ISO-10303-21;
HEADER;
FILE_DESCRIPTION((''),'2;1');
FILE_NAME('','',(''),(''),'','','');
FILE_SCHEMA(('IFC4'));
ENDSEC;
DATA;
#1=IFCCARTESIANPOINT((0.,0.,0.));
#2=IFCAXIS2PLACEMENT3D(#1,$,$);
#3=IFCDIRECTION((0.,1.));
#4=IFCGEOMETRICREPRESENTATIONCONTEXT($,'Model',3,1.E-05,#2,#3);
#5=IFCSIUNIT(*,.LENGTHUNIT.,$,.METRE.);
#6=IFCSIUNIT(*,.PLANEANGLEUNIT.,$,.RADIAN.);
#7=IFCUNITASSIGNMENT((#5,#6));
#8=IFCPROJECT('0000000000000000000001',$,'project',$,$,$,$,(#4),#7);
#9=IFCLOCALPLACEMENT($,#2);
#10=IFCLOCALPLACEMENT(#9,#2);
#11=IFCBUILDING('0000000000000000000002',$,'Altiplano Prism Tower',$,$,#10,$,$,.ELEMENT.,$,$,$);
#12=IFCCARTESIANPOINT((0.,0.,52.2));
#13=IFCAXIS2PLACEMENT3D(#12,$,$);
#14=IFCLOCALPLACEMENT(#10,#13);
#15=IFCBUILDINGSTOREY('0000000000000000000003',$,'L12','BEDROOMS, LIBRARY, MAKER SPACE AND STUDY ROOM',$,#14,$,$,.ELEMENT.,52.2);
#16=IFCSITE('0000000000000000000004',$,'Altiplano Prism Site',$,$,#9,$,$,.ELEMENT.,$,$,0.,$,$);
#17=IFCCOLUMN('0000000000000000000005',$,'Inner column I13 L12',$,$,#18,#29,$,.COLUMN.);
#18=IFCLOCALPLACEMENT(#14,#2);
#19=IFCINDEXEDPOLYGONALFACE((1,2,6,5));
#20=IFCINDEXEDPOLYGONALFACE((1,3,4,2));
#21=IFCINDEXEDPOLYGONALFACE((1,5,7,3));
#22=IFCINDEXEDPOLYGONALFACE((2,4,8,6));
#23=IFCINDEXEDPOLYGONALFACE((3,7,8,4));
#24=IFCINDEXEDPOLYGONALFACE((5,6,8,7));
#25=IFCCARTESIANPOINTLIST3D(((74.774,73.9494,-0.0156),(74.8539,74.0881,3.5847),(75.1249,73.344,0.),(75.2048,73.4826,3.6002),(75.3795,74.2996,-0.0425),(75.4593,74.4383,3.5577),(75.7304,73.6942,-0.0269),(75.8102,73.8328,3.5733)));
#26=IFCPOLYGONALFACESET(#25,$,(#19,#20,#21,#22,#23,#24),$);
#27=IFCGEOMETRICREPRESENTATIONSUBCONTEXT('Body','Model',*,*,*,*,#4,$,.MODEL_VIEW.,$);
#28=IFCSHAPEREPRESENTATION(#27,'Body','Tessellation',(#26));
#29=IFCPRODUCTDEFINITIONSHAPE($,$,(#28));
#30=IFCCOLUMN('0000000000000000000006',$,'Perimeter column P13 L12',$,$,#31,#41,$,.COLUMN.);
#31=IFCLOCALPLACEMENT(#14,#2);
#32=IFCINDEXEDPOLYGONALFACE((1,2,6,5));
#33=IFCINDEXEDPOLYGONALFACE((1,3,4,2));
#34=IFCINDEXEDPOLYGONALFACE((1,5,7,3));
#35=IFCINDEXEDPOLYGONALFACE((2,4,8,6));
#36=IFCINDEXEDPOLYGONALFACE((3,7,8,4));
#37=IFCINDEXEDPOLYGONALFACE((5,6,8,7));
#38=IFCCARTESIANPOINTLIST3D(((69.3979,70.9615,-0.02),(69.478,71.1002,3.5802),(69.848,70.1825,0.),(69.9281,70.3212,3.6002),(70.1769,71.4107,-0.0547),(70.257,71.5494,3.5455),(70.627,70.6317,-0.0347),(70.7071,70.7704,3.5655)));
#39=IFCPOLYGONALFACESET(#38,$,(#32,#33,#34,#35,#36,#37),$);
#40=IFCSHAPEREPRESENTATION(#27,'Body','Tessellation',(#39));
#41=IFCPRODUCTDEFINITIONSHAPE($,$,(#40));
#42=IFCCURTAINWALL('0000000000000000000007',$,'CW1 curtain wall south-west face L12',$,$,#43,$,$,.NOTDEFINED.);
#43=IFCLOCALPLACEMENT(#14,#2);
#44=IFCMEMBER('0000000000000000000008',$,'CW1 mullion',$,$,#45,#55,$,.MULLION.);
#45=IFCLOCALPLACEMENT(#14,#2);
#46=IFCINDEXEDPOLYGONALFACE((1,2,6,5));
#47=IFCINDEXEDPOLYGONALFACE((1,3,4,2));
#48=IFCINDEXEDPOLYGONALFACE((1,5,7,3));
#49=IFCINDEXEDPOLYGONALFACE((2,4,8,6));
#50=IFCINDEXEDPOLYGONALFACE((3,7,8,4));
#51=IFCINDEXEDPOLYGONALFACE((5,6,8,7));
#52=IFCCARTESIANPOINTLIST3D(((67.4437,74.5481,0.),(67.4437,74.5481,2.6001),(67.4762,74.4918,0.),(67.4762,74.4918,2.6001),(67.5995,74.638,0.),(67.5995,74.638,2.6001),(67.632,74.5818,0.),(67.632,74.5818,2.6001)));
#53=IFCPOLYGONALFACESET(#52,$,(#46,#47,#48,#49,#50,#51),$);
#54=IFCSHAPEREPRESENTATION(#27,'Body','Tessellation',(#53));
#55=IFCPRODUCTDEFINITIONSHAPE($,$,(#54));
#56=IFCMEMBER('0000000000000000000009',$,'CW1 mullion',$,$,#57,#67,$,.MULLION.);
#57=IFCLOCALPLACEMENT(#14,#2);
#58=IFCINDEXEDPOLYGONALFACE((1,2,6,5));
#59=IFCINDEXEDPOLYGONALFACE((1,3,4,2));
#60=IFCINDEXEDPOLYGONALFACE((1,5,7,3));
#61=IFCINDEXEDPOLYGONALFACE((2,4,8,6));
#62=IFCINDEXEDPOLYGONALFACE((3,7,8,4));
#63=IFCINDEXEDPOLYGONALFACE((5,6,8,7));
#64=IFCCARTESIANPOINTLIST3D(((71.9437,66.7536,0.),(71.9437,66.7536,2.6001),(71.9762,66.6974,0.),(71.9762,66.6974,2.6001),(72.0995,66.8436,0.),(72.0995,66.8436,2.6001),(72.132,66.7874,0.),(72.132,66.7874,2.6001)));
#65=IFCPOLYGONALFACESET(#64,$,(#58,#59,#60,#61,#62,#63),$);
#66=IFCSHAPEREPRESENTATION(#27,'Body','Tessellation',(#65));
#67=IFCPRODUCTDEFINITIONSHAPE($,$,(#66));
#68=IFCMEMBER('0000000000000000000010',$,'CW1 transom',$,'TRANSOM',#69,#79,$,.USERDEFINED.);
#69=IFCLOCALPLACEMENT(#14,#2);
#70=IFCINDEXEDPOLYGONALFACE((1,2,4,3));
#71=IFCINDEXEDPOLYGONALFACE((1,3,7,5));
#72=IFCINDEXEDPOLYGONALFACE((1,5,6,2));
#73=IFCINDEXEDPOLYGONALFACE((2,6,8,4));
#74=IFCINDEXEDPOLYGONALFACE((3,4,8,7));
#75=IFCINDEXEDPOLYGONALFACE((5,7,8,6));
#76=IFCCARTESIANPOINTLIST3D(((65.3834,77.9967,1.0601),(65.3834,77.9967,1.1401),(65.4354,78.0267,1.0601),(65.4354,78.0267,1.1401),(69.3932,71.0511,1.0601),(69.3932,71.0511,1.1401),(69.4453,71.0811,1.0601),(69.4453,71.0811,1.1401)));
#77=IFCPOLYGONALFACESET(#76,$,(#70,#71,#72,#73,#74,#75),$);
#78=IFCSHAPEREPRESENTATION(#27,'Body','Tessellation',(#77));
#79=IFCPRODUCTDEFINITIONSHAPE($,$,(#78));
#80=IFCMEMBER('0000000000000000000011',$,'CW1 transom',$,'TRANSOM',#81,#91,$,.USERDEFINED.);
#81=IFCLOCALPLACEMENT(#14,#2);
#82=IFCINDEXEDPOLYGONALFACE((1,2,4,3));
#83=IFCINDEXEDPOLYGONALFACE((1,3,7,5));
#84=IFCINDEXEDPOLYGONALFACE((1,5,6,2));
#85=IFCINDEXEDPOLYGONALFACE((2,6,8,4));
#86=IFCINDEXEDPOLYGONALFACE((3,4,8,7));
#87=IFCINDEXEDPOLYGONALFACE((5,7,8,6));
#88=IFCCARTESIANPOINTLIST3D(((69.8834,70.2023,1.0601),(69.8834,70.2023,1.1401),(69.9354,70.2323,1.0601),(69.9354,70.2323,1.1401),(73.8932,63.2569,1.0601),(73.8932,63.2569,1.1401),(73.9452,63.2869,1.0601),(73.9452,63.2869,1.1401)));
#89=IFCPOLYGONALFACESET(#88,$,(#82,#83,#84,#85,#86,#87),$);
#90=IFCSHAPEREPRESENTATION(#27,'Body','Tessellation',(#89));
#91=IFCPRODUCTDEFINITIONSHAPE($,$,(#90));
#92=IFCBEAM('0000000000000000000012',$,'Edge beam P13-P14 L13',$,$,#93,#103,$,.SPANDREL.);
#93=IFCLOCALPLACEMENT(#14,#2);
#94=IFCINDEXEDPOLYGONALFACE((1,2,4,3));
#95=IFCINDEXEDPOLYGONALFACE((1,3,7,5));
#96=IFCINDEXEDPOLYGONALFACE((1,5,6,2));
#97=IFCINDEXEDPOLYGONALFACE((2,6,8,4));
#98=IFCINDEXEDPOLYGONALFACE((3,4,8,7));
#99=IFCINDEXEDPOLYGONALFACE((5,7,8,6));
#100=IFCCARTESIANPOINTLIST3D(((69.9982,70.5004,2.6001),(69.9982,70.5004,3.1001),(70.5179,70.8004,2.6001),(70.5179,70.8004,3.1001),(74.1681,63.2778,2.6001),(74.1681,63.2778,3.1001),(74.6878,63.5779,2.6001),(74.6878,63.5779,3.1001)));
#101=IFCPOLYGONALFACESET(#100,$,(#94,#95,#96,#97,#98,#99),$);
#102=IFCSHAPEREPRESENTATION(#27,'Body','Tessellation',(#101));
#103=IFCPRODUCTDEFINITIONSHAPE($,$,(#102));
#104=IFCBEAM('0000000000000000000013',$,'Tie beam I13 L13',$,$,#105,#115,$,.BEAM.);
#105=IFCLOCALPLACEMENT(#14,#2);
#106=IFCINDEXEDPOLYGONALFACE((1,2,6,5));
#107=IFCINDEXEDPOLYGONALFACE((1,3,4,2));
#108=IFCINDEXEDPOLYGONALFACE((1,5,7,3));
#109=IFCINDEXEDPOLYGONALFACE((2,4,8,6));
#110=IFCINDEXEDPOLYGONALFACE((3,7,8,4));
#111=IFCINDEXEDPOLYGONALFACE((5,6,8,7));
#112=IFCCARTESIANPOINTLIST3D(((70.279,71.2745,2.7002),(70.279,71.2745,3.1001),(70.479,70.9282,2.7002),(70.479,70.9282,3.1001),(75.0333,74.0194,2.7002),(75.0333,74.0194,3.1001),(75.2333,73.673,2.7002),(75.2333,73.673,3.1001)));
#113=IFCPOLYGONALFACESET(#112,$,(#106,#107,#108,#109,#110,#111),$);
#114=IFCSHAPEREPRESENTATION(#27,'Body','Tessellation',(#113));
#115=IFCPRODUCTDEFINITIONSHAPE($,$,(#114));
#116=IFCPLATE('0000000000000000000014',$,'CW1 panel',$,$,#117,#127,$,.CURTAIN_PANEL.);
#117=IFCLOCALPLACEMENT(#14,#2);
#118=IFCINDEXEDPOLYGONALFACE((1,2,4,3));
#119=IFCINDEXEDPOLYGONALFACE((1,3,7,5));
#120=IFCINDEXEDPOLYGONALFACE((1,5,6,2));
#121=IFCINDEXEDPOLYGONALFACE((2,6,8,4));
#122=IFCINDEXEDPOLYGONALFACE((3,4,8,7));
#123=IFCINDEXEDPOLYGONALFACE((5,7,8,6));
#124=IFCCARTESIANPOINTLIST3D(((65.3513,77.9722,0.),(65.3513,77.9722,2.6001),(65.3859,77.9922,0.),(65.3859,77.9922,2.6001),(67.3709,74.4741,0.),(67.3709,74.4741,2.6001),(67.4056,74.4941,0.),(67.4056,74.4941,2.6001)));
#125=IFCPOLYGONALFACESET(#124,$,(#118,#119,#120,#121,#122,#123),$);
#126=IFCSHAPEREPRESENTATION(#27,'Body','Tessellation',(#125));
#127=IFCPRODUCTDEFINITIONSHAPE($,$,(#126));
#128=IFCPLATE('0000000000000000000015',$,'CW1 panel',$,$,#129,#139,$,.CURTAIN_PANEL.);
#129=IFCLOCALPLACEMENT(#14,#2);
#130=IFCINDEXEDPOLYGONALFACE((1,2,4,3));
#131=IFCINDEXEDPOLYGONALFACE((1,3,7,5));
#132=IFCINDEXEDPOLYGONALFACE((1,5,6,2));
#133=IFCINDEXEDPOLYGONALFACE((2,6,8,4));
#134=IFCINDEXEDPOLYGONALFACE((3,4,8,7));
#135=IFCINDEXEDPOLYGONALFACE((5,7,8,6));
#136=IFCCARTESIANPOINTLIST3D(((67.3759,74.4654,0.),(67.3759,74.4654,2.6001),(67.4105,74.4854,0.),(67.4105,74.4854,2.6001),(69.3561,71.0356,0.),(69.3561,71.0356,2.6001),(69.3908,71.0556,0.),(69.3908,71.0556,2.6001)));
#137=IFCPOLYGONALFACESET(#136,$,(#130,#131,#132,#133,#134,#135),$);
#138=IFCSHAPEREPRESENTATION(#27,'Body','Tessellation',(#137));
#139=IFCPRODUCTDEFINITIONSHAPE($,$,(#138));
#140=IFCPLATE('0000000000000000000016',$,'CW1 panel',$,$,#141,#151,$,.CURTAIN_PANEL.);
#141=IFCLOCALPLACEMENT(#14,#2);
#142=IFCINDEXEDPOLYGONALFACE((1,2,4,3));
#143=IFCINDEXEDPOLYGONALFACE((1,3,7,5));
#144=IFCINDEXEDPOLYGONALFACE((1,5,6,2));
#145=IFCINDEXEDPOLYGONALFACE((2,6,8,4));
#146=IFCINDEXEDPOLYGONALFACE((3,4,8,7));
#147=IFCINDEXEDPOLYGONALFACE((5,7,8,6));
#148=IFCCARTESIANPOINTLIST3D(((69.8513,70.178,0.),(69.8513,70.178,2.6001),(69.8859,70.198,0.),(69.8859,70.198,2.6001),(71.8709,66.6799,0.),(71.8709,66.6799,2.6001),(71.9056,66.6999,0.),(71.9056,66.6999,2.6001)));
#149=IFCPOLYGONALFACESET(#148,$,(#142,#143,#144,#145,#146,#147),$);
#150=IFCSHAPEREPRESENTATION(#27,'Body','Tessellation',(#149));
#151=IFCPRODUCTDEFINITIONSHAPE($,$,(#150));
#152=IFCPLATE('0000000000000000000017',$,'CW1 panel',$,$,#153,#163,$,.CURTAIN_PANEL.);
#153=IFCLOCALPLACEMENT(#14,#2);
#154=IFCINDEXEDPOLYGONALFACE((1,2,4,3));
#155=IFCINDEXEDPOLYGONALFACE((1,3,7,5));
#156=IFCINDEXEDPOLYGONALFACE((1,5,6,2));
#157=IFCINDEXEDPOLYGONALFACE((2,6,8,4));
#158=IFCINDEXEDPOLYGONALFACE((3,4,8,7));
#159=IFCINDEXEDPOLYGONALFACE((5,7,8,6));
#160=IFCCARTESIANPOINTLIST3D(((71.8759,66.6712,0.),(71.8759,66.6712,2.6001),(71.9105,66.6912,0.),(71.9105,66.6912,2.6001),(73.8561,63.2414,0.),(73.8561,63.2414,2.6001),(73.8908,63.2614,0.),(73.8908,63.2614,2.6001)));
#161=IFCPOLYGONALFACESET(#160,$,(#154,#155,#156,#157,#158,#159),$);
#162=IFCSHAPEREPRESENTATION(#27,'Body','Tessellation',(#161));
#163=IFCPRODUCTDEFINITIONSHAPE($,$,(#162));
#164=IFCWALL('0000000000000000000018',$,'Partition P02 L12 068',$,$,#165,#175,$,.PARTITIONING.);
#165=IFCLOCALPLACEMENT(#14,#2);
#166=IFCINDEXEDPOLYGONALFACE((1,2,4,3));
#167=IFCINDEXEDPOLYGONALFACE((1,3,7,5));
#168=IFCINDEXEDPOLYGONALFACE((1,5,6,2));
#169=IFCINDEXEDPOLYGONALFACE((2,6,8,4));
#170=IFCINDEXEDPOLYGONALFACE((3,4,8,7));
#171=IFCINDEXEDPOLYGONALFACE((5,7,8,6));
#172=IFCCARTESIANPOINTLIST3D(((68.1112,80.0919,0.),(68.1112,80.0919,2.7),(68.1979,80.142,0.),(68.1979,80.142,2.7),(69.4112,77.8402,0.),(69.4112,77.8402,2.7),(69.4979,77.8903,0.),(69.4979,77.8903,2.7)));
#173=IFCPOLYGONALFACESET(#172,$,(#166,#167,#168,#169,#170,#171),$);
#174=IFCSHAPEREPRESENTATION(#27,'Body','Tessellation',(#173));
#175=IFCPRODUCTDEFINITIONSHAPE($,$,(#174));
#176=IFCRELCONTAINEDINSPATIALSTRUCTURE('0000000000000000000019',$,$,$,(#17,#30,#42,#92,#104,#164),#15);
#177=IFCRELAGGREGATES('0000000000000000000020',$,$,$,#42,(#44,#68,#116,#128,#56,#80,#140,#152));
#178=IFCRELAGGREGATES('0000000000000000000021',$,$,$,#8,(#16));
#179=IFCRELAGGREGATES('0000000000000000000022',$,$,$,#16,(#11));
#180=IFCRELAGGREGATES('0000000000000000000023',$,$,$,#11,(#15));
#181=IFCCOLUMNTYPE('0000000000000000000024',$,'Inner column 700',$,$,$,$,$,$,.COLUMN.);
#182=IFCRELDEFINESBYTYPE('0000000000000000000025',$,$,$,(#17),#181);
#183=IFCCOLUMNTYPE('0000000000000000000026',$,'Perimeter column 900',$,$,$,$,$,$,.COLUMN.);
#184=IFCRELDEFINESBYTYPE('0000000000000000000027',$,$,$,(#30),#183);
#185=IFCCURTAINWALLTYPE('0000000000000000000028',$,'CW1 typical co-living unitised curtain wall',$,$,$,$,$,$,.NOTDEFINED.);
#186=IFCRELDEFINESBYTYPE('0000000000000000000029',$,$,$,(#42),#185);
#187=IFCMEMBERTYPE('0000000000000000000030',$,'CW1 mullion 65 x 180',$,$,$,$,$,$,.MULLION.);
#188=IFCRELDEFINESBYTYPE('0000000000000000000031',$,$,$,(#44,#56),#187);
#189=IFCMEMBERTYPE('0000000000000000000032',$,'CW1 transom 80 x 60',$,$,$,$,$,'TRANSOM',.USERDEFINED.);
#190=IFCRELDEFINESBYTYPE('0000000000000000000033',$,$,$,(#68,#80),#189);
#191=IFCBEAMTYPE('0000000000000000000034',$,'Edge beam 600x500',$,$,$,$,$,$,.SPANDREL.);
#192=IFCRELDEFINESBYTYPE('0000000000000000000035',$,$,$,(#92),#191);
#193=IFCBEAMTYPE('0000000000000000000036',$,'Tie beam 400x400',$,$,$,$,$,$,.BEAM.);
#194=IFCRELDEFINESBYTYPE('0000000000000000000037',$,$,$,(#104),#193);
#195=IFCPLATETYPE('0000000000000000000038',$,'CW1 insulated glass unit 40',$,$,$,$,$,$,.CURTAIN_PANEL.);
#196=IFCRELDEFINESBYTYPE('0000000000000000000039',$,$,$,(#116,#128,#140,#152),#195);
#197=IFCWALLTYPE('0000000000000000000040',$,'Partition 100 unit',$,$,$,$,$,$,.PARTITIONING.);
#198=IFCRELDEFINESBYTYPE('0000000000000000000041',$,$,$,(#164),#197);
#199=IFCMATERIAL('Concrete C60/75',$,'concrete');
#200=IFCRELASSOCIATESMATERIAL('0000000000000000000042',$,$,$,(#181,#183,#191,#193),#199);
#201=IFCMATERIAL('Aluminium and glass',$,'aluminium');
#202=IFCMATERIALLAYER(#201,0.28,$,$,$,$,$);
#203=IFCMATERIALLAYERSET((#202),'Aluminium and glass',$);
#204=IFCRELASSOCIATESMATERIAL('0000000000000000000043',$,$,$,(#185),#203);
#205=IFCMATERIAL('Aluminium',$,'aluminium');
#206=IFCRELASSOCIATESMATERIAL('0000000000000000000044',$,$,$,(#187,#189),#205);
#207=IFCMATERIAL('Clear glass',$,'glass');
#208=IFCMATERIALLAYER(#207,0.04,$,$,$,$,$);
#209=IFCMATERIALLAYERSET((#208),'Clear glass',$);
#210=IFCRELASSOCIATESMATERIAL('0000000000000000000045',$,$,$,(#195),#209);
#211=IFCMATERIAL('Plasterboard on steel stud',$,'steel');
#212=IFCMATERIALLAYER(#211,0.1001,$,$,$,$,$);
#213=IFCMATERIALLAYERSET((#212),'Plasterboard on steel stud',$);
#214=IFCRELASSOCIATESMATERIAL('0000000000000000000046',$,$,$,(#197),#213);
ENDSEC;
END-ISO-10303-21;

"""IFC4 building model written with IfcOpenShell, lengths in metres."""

from ifc_helpers import new_model, si_unit, direction, frame, frame_2d, origin, origin_2d, place, context, subcontext, project, spatial, rectangle, extrude, material, layer, layer_set, material_profile, profile_set, type_object, element, aggregate, save


model = new_model("IFC4")

# Units and contexts
model_context = context("Model", 3, precision=1e-05, world=origin(), true_north=direction((0.0, 1.0)))
body_context = subcontext(model_context, "Body", "Model", "MODEL_VIEW")
ifc_project = project(units=[si_unit("LENGTHUNIT", "METRE"), si_unit("PLANEANGLEUNIT", "RADIAN")], contexts=[model_context])

# Site, building, storey
site_placement = place(None, origin())
site = spatial("IfcSite", under=ifc_project, at=site_placement, Name="Altiplano Prism Site", CompositionType="ELEMENT", RefElevation=0.0)
building_placement = place(site_placement, origin())
building = spatial("IfcBuilding", under=site, at=building_placement, Name="Altiplano Prism Tower", CompositionType="ELEMENT")
storey_placement = place(building_placement, frame((0.0, 0.0, 52.2)))
storey = spatial("IfcBuildingStorey", under=building, at=storey_placement, Name="L12", Description="BEDROOMS, LIBRARY, MAKER SPACE AND STUDY ROOM", CompositionType="ELEMENT", Elevation=52.2)

# Columns
ifc_material_1 = material(Name="Concrete C60/75", Category="concrete")
ifc_material_profile_1 = material_profile(ifc_material_1, rectangle(XDim=0.7, YDim=0.7, at=origin_2d()), Name="Inner column 700")
ifc_profile_set_1 = profile_set([ifc_material_profile_1], Name="Concrete C60/75")
column_type_1 = type_object("IfcColumnType", Name="Inner column 700", PredefinedType="COLUMN", material=ifc_profile_set_1)
column_1_placement = place(storey_placement, frame((75.2522, 73.8218, -0.0212), z_axis=(0.022154, 0.038481, 0.999014), x_axis=(-0.864982, -0.500327, 0.038453)))
element("IfcColumn", 1, at=column_1_placement, inside=storey, type_object=column_type_1, Name="Inner column I13 L12", PredefinedType="COLUMN", context=body_context, shape_type="SweptSolid", body=[
    extrude(rectangle(XDim=0.7, YDim=0.7, at=origin_2d()), origin(), (0.0, 0.0, 1.0), 3.6038),
])
ifc_material_profile_2 = material_profile(ifc_material_1, rectangle(XDim=0.8999, YDim=0.8999, at=origin_2d()), Name="Perimeter column 900")
ifc_profile_set_2 = profile_set([ifc_material_profile_2], Name="Concrete C60/75")
column_type_2 = type_object("IfcColumnType", Name="Perimeter column 900", PredefinedType="COLUMN", material=ifc_profile_set_2)
column_2_placement = place(storey_placement, frame((70.0125, 70.7966, -0.0273), z_axis=(0.022221, 0.038481, 0.999012), x_axis=(-0.865642, -0.499182, 0.038483)))
element("IfcColumn", 2, at=column_2_placement, inside=storey, type_object=column_type_2, Name="Perimeter column P13 L12", PredefinedType="COLUMN", context=body_context, shape_type="SweptSolid", body=[
    extrude(rectangle(XDim=0.8999, YDim=0.8999, at=origin_2d()), origin(), (0.0, 0.0, 1.0), 3.6038),
])

# Curtain wall, members
ifc_material_2 = material(Name="Aluminium and glass", Category="aluminium")
ifc_layer_1 = layer(ifc_material_2, 0.28)
ifc_layer_set_1 = layer_set([ifc_layer_1], Name="Aluminium and glass")
curtain_wall_type = type_object("IfcCurtainWallType", Name="CW1 typical co-living unitised curtain wall", PredefinedType="NOTDEFINED", material=ifc_layer_set_1)
curtain_wall_placement = place(storey_placement, origin())
curtain_wall = element("IfcCurtainWall", 3, at=curtain_wall_placement, inside=storey, type_object=curtain_wall_type, Name="CW1 curtain wall south-west face L12", PredefinedType="NOTDEFINED")
ifc_material_3 = material(Name="Aluminium", Category="aluminium")
ifc_material_profile_3 = material_profile(ifc_material_3, rectangle(XDim=0.1799, YDim=0.0649, at=origin_2d()), Name="CW1 mullion 65 x 180")
ifc_profile_set_3 = profile_set([ifc_material_profile_3], Name="Aluminium")
member_type_1 = type_object("IfcMemberType", Name="CW1 mullion 65 x 180", PredefinedType="MULLION", material=ifc_profile_set_3)
member_1_placement = place(storey_placement, frame((67.5378, 74.5649, 0.0), z_axis=(0.0, 0.0, 1.0), x_axis=(0.866025, 0.5, 0.0)))
member_1 = element("IfcMember", 4, at=member_1_placement, type_object=member_type_1, Name="CW1 mullion", PredefinedType="MULLION", context=body_context, shape_type="SweptSolid", body=[
    extrude(rectangle(XDim=0.1799, YDim=0.0649, at=origin_2d()), origin(), (0.0, 0.0, 1.0), 2.6001),
])
member_2_placement = place(storey_placement, frame((72.0378, 66.7705, 0.0), z_axis=(0.0, 0.0, 1.0), x_axis=(0.866025, 0.5, 0.0)))
member_2 = element("IfcMember", 5, at=member_2_placement, type_object=member_type_1, Name="CW1 mullion", PredefinedType="MULLION", context=body_context, shape_type="SweptSolid", body=[
    extrude(rectangle(XDim=0.1799, YDim=0.0649, at=origin_2d()), origin(), (0.0, 0.0, 1.0), 2.6001),
])
ifc_material_profile_4 = material_profile(ifc_material_3, rectangle(XDim=0.0601, YDim=0.0801, at=origin_2d()), Name="CW1 transom 80 x 60")
ifc_profile_set_4 = profile_set([ifc_material_profile_4], Name="Aluminium")
member_type_2 = type_object("IfcMemberType", Name="CW1 transom 80 x 60", ElementType="TRANSOM", PredefinedType="USERDEFINED", material=ifc_profile_set_4)
member_3_placement = place(storey_placement, frame((65.4094, 78.0117, 1.1001), z_axis=(0.499976, -0.866039, 0.0), x_axis=(0.866039, 0.499976, 0.0)))
member_3 = element("IfcMember", 6, at=member_3_placement, type_object=member_type_2, Name="CW1 transom", ObjectType="TRANSOM", PredefinedType="USERDEFINED", context=body_context, shape_type="SweptSolid", body=[
    extrude(rectangle(XDim=0.0601, YDim=0.0801, at=origin_2d()), origin(), (0.0, 0.0, 1.0), 8.02),
])
member_4_placement = place(storey_placement, frame((69.9094, 70.2173, 1.1001), z_axis=(0.499989, -0.866031, 0.0), x_axis=(0.866031, 0.499989, 0.0)))
member_4 = element("IfcMember", 7, at=member_4_placement, type_object=member_type_2, Name="CW1 transom", ObjectType="TRANSOM", PredefinedType="USERDEFINED", context=body_context, shape_type="SweptSolid", body=[
    extrude(rectangle(XDim=0.0601, YDim=0.0801, at=origin_2d()), origin(), (0.0, 0.0, 1.0), 8.0198),
])

# Beams
ifc_material_profile_5 = material_profile(ifc_material_1, rectangle(XDim=0.6001, YDim=0.5, at=origin_2d()), Name="Edge beam 600x500")
ifc_profile_set_5 = profile_set([ifc_material_profile_5], Name="Concrete C60/75")
beam_type_1 = type_object("IfcBeamType", Name="Edge beam 600x500", PredefinedType="SPANDREL", material=ifc_profile_set_5)
beam_1_placement = place(storey_placement, frame((70.2581, 70.6504, 2.8501), z_axis=(0.499993, -0.86603, 0.0), x_axis=(0.86603, 0.499993, 0.0)))
element("IfcBeam", 8, at=beam_1_placement, inside=storey, type_object=beam_type_1, Name="Edge beam P13-P14 L13", PredefinedType="SPANDREL", context=body_context, shape_type="SweptSolid", body=[
    extrude(rectangle(XDim=0.6001, YDim=0.5, at=origin_2d()), origin(), (0.0, 0.0, 1.0), 8.3398),
])
ifc_material_profile_6 = material_profile(ifc_material_1, rectangle(XDim=0.3999, YDim=0.3999, at=origin_2d()), Name="Tie beam 400x400")
ifc_profile_set_6 = profile_set([ifc_material_profile_6], Name="Concrete C60/75")
beam_type_2 = type_object("IfcBeamType", Name="Tie beam 400x400", PredefinedType="BEAM", material=ifc_profile_set_6)
beam_2_placement = place(storey_placement, frame((75.1333, 73.8462, 2.9001), z_axis=(-0.866032, -0.499989, 0.0), x_axis=(0.499989, -0.866032, 0.0)))
element("IfcBeam", 9, at=beam_2_placement, inside=storey, type_object=beam_type_2, Name="Tie beam I13 L13", PredefinedType="BEAM", context=body_context, shape_type="SweptSolid", body=[
    extrude(rectangle(XDim=0.3999, YDim=0.3999, at=origin_2d()), origin(), (0.0, 0.0, 1.0), 5.4897),
])

# Plates
ifc_material_4 = material(Name="Clear glass", Category="glass")
ifc_layer_2 = layer(ifc_material_4, 0.04)
ifc_layer_set_2 = layer_set([ifc_layer_2], Name="Clear glass")
plate_type = type_object("IfcPlateType", Name="CW1 insulated glass unit 40", PredefinedType="CURTAIN_PANEL", material=ifc_layer_set_2)
plate_1_placement = place(storey_placement, frame((66.3784, 76.2332, 0.0), z_axis=(0.0, 0.0, 1.0), x_axis=(0.5, -0.866025, 0.0)))
plate_1 = element("IfcPlate", 10, at=plate_1_placement, type_object=plate_type, Name="CW1 panel", PredefinedType="CURTAIN_PANEL", context=body_context, shape_type="SweptSolid", body=[
    extrude(rectangle(XDim=4.0393, YDim=0.04, at=origin_2d()), origin(), (0.0, 0.0, 1.0), 2.6001),
])
plate_2_placement = place(storey_placement, frame((68.3833, 72.7605, 0.0), z_axis=(0.0, 0.0, 1.0), x_axis=(0.5, -0.866025, 0.0)))
plate_2 = element("IfcPlate", 11, at=plate_2_placement, type_object=plate_type, Name="CW1 panel", PredefinedType="CURTAIN_PANEL", context=body_context, shape_type="SweptSolid", body=[
    extrude(rectangle(XDim=3.9604, YDim=0.04, at=origin_2d()), origin(), (0.0, 0.0, 1.0), 2.6001),
])
plate_3_placement = place(storey_placement, frame((70.8784, 68.439, 0.0), z_axis=(0.0, 0.0, 1.0), x_axis=(0.5, -0.866025, 0.0)))
plate_3 = element("IfcPlate", 12, at=plate_3_placement, type_object=plate_type, Name="CW1 panel", PredefinedType="CURTAIN_PANEL", context=body_context, shape_type="SweptSolid", body=[
    extrude(rectangle(XDim=4.0393, YDim=0.04, at=origin_2d()), origin(), (0.0, 0.0, 1.0), 2.6001),
])
plate_4_placement = place(storey_placement, frame((72.8833, 64.9663, 0.0), z_axis=(0.0, 0.0, 1.0), x_axis=(0.5, -0.866025, 0.0)))
plate_4 = element("IfcPlate", 13, at=plate_4_placement, type_object=plate_type, Name="CW1 panel", PredefinedType="CURTAIN_PANEL", context=body_context, shape_type="SweptSolid", body=[
    extrude(rectangle(XDim=3.9604, YDim=0.04, at=origin_2d()), origin(), (0.0, 0.0, 1.0), 2.6001),
])
aggregate(curtain_wall, [member_1, member_3, plate_1, plate_2, member_2, member_4, plate_3, plate_4])

# Wall
ifc_material_5 = material(Name="Plasterboard on steel stud", Category="steel")
ifc_layer_3 = layer(ifc_material_5, 0.1001)
ifc_layer_set_3 = layer_set([ifc_layer_3], Name="Plasterboard on steel stud")
wall_type_1 = type_object("IfcWallType", Name="Partition 100 unit", PredefinedType="PARTITIONING", material=ifc_layer_set_3)
wall_1_placement = place(storey_placement, frame((69.4546, 77.8652, 0.0), z_axis=(0.0, 0.0, 1.0), x_axis=(-0.500007, 0.866021, 0.0)))
element("IfcWall", 14, at=wall_1_placement, inside=storey, type_object=wall_type_1, Name="Partition P02 L12 068", PredefinedType="PARTITIONING", context=body_context, shape_type="SweptSolid", body=[
    extrude(rectangle(XDim=2.6001, YDim=0.1001, at=frame_2d((1.3, 0.0))), origin(), (0.0, 0.0, 1.0), 2.7),
])

save(model, "model.ifc")
